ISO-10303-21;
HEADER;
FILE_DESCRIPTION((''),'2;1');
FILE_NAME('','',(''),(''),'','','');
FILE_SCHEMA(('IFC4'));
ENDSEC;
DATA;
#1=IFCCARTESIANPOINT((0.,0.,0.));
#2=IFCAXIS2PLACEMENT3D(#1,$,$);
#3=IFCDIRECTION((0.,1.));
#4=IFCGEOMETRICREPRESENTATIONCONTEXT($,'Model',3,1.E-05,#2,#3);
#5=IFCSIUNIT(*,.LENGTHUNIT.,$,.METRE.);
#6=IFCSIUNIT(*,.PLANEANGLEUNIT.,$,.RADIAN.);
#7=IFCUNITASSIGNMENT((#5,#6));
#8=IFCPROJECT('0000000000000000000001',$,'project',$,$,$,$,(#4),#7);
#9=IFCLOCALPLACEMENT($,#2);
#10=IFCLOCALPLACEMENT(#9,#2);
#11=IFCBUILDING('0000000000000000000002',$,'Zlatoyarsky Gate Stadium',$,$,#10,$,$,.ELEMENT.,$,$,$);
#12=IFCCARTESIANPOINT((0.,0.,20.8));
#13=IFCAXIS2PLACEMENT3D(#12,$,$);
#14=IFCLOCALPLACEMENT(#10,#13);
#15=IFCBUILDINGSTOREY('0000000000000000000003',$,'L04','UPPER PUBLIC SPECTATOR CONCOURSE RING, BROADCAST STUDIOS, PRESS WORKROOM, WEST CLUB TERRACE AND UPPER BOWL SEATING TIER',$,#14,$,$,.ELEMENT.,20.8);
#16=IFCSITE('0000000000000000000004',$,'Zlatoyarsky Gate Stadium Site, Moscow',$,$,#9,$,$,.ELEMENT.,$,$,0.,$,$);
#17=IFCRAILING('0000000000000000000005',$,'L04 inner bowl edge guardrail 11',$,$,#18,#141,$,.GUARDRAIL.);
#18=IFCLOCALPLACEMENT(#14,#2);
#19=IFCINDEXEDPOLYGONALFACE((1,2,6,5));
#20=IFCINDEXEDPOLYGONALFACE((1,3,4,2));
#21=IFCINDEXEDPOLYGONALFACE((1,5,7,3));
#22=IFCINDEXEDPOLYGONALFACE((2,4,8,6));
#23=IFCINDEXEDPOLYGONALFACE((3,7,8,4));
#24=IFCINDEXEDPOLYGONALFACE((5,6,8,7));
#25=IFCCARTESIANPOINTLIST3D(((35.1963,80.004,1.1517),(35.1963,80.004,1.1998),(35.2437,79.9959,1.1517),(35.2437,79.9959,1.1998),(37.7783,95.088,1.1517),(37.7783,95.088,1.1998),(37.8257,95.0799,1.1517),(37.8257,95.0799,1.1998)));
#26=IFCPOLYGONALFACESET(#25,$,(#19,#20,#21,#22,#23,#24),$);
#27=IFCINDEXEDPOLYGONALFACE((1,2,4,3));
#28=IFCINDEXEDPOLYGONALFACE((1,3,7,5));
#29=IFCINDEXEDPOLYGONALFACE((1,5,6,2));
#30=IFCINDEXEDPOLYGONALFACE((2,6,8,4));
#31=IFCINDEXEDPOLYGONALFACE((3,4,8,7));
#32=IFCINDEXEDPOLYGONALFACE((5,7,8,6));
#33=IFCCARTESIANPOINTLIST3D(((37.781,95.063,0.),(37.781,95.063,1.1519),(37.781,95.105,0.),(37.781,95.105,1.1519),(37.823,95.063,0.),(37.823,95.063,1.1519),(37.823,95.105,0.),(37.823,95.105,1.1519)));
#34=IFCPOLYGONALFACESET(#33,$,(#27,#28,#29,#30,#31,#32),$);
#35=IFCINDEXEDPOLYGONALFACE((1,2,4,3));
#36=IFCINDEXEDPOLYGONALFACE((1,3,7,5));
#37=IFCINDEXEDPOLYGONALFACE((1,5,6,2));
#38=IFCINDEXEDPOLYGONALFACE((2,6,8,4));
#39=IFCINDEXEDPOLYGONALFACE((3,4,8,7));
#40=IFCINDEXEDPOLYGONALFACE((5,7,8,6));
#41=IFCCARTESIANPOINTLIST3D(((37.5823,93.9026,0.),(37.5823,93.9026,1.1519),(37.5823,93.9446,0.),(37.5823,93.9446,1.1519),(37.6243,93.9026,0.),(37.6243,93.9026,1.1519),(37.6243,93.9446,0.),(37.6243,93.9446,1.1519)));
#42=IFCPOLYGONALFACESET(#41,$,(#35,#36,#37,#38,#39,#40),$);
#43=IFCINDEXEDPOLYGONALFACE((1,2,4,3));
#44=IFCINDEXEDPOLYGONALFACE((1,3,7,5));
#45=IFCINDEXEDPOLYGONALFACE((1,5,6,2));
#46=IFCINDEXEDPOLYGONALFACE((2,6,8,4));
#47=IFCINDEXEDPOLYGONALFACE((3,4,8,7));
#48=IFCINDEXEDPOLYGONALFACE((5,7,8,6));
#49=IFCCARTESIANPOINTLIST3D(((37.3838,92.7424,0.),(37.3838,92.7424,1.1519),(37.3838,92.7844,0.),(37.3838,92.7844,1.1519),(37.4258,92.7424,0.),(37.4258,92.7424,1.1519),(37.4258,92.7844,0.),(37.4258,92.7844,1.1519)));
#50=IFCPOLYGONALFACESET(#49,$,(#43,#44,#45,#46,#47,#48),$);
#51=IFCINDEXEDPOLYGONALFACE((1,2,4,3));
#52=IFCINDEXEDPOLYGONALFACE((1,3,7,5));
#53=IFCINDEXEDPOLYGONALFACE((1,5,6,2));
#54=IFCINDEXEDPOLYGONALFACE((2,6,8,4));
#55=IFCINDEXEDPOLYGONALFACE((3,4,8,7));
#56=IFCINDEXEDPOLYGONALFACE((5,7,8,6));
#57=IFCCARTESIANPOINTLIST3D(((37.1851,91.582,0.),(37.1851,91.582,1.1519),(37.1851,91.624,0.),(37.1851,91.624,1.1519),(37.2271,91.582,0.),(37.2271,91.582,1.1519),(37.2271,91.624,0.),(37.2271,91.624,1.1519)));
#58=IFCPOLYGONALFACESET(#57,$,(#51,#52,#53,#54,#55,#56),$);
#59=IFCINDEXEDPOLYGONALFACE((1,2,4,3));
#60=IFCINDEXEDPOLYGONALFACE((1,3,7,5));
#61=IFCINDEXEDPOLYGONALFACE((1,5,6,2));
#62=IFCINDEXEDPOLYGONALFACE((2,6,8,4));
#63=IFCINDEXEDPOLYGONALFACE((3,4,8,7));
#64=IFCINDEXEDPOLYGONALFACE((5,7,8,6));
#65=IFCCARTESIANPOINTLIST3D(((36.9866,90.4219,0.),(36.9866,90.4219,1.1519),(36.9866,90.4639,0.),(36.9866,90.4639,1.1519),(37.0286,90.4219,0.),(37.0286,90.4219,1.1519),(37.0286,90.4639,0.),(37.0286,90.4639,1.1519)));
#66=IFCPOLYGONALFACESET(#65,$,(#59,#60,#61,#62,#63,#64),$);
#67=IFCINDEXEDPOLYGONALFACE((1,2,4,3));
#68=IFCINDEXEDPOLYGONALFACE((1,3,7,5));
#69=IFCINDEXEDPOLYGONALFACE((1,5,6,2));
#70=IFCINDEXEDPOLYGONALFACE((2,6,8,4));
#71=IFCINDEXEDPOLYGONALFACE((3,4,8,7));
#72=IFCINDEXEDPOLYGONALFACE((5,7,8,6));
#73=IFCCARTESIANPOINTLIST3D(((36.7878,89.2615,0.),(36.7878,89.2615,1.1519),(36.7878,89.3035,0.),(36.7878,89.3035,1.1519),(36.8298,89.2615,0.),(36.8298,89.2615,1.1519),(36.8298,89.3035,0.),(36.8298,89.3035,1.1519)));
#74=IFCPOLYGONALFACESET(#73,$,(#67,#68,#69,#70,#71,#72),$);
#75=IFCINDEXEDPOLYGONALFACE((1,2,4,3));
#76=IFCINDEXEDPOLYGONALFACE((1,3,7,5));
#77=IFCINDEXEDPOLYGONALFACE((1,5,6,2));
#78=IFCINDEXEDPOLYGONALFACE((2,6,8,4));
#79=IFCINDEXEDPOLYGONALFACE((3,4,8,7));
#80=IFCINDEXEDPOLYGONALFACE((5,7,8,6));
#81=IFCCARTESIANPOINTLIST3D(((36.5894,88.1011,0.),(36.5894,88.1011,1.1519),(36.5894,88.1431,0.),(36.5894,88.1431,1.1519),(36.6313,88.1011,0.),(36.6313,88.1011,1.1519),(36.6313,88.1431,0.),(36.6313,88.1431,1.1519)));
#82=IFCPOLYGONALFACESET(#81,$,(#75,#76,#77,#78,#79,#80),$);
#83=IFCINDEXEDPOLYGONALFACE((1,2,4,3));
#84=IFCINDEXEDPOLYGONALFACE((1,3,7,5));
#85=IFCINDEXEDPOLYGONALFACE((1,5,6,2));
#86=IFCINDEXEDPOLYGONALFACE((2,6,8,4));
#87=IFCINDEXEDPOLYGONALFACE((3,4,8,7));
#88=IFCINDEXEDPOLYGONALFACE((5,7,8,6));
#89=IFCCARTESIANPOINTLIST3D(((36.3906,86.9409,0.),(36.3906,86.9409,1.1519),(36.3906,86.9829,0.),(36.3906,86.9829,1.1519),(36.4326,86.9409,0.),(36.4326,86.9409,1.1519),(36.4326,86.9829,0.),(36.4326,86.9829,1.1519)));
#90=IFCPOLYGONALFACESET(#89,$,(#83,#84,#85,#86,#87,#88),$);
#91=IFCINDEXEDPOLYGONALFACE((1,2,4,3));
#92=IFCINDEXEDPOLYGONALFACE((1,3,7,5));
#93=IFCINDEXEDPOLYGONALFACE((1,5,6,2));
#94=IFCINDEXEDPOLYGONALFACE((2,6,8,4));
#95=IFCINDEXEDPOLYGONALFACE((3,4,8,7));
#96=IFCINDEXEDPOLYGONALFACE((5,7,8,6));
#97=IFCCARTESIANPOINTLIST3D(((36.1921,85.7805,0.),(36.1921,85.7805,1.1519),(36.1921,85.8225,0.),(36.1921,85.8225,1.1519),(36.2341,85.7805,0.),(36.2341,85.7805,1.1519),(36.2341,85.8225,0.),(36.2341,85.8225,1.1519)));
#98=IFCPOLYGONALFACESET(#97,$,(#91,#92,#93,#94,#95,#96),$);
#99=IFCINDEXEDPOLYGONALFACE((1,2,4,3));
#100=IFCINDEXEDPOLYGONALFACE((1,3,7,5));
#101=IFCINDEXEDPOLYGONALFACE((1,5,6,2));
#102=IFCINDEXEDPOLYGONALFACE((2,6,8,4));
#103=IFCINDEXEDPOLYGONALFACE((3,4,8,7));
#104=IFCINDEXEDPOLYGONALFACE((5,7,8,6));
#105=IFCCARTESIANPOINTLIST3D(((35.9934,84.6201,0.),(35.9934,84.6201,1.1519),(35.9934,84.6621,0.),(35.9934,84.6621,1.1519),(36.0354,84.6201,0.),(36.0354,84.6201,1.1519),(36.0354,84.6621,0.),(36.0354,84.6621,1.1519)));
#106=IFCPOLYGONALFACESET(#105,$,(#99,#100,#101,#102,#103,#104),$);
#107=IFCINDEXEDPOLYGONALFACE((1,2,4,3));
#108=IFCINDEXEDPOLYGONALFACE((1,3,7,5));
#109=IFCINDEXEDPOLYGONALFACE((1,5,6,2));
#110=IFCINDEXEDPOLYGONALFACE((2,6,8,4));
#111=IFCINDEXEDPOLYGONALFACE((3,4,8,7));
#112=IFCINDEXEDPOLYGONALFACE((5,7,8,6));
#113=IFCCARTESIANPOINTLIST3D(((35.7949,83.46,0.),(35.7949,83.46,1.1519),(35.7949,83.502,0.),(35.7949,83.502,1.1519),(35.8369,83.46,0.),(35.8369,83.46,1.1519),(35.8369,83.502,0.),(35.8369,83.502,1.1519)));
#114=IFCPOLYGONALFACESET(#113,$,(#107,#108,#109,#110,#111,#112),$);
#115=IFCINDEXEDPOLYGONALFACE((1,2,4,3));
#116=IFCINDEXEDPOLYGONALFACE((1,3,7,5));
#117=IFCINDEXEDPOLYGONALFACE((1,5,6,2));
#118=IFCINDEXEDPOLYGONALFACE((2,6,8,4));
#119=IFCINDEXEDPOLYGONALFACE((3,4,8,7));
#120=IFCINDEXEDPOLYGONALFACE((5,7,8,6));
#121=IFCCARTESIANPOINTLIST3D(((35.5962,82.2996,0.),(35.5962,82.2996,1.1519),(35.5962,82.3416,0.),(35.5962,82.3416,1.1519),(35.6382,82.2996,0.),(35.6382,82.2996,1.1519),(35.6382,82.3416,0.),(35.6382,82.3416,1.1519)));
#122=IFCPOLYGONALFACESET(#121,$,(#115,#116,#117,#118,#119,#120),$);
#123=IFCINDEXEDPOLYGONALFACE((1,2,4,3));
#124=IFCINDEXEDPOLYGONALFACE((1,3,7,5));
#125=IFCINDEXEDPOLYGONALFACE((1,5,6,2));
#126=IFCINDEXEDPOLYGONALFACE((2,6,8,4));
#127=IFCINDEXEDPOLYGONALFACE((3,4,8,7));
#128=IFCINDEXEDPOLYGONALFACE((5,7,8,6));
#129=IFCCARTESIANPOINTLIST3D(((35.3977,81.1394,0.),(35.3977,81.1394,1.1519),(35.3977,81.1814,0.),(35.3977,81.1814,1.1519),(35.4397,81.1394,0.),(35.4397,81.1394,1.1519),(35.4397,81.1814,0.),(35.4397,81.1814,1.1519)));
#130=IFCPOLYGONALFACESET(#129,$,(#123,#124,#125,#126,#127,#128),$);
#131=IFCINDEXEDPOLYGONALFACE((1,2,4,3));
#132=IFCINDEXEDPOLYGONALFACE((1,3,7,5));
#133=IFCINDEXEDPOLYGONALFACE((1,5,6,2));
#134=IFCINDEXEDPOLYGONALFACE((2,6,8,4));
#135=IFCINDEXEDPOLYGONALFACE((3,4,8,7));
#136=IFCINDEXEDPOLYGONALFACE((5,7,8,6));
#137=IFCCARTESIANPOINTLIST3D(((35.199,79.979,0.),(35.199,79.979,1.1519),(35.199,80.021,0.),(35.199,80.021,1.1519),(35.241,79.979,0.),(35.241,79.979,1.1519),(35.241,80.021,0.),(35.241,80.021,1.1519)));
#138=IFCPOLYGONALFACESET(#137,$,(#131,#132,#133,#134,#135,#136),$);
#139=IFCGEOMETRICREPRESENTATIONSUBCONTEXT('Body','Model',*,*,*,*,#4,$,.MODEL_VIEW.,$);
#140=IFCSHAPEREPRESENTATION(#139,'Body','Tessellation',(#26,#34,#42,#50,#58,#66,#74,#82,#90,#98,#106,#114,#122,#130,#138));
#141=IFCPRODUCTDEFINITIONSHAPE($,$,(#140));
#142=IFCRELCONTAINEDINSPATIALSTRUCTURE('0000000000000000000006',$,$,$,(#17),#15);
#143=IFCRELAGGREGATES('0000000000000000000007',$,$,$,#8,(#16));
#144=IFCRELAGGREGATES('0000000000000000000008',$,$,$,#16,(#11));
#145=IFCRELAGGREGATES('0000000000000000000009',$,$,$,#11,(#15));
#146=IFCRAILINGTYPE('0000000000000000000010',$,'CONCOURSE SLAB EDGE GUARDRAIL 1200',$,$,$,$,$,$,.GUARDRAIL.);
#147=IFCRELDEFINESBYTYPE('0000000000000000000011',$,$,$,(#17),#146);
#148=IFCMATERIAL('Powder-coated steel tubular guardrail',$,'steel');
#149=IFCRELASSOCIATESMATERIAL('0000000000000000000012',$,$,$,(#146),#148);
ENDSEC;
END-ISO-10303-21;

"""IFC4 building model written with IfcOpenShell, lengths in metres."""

from ifc_helpers import new_model, si_unit, direction, frame, origin, origin_2d, place, context, subcontext, project, spatial, rectangle, extrude, material, type_object, element, save


model = new_model("IFC4")

# Units and contexts
model_context = context("Model", 3, precision=1e-05, world=origin(), true_north=direction((0.0, 1.0)))
body_context = subcontext(model_context, "Body", "Model", "MODEL_VIEW")
ifc_project = project(units=[si_unit("LENGTHUNIT", "METRE"), si_unit("PLANEANGLEUNIT", "RADIAN")], contexts=[model_context])

# Site, building, storey
site_placement = place(None, origin())
site = spatial("IfcSite", under=ifc_project, at=site_placement, Name="Zlatoyarsky Gate Stadium Site, Moscow", CompositionType="ELEMENT", RefElevation=0.0)
building_placement = place(site_placement, origin())
building = spatial("IfcBuilding", under=site, at=building_placement, Name="Zlatoyarsky Gate Stadium", CompositionType="ELEMENT")
storey_placement = place(building_placement, frame((0.0, 0.0, 20.8)))
storey = spatial("IfcBuildingStorey", under=building, at=storey_placement, Name="L04", Description="UPPER PUBLIC SPECTATOR CONCOURSE RING, BROADCAST STUDIOS, PRESS WORKROOM, WEST CLUB TERRACE AND UPPER BOWL SEATING TIER", CompositionType="ELEMENT", Elevation=20.8)

# Railing
ifc_material_1 = material(Name="Powder-coated steel tubular guardrail", Category="steel")
railing_type_1 = type_object("IfcRailingType", Name="CONCOURSE SLAB EDGE GUARDRAIL 1200", PredefinedType="GUARDRAIL", material=ifc_material_1)
railing_1_placement = place(storey_placement, frame((37.802, 95.084, 0.0)))
element("IfcRailing", 1, at=railing_1_placement, inside=storey, type_object=railing_type_1, Name="L04 inner bowl edge guardrail 11", PredefinedType="GUARDRAIL", context=body_context, shape_type="SweptSolid", body=[
    extrude(rectangle(XDim=0.0481, YDim=0.0481, at=origin_2d()), frame((0.0, 0.0, 1.1758), z_axis=(-0.168723, -0.985664, 0.0), x_axis=(0.985664, -0.168723, 0.0)), (0.0, 0.0, 1.0), 15.3035),
    extrude(rectangle(XDim=0.042, YDim=0.042, at=origin_2d()), origin(), (0.0, 0.0, 1.0), 1.1519),
    extrude(rectangle(XDim=0.042, YDim=0.042, at=origin_2d()), frame((-0.1987, -1.1604, 0.0)), (0.0, 0.0, 1.0), 1.1519),
    extrude(rectangle(XDim=0.042, YDim=0.042, at=origin_2d()), frame((-0.3972, -2.3206, 0.0)), (0.0, 0.0, 1.0), 1.1519),
    extrude(rectangle(XDim=0.042, YDim=0.042, at=origin_2d()), frame((-0.5959, -3.481, 0.0)), (0.0, 0.0, 1.0), 1.1519),
    extrude(rectangle(XDim=0.042, YDim=0.042, at=origin_2d()), frame((-0.7944, -4.6411, 0.0)), (0.0, 0.0, 1.0), 1.1519),
    extrude(rectangle(XDim=0.042, YDim=0.042, at=origin_2d()), frame((-0.9932, -5.8015, 0.0)), (0.0, 0.0, 1.0), 1.1519),
    extrude(rectangle(XDim=0.042, YDim=0.042, at=origin_2d()), frame((-1.1917, -6.9619, 0.0)), (0.0, 0.0, 1.0), 1.1519),
    extrude(rectangle(XDim=0.042, YDim=0.042, at=origin_2d()), frame((-1.3904, -8.1221, 0.0)), (0.0, 0.0, 1.0), 1.1519),
    extrude(rectangle(XDim=0.042, YDim=0.042, at=origin_2d()), frame((-1.5889, -9.2825, 0.0)), (0.0, 0.0, 1.0), 1.1519),
    extrude(rectangle(XDim=0.042, YDim=0.042, at=origin_2d()), frame((-1.7876, -10.4429, 0.0)), (0.0, 0.0, 1.0), 1.1519),
    extrude(rectangle(XDim=0.042, YDim=0.042, at=origin_2d()), frame((-1.9861, -11.603, 0.0)), (0.0, 0.0, 1.0), 1.1519),
    extrude(rectangle(XDim=0.042, YDim=0.042, at=origin_2d()), frame((-2.1848, -12.7634, 0.0)), (0.0, 0.0, 1.0), 1.1519),
    extrude(rectangle(XDim=0.042, YDim=0.042, at=origin_2d()), frame((-2.3833, -13.9236, 0.0)), (0.0, 0.0, 1.0), 1.1519),
    extrude(rectangle(XDim=0.042, YDim=0.042, at=origin_2d()), frame((-2.582, -15.084, 0.0)), (0.0, 0.0, 1.0), 1.1519),
])

save(model, "model.ifc")
